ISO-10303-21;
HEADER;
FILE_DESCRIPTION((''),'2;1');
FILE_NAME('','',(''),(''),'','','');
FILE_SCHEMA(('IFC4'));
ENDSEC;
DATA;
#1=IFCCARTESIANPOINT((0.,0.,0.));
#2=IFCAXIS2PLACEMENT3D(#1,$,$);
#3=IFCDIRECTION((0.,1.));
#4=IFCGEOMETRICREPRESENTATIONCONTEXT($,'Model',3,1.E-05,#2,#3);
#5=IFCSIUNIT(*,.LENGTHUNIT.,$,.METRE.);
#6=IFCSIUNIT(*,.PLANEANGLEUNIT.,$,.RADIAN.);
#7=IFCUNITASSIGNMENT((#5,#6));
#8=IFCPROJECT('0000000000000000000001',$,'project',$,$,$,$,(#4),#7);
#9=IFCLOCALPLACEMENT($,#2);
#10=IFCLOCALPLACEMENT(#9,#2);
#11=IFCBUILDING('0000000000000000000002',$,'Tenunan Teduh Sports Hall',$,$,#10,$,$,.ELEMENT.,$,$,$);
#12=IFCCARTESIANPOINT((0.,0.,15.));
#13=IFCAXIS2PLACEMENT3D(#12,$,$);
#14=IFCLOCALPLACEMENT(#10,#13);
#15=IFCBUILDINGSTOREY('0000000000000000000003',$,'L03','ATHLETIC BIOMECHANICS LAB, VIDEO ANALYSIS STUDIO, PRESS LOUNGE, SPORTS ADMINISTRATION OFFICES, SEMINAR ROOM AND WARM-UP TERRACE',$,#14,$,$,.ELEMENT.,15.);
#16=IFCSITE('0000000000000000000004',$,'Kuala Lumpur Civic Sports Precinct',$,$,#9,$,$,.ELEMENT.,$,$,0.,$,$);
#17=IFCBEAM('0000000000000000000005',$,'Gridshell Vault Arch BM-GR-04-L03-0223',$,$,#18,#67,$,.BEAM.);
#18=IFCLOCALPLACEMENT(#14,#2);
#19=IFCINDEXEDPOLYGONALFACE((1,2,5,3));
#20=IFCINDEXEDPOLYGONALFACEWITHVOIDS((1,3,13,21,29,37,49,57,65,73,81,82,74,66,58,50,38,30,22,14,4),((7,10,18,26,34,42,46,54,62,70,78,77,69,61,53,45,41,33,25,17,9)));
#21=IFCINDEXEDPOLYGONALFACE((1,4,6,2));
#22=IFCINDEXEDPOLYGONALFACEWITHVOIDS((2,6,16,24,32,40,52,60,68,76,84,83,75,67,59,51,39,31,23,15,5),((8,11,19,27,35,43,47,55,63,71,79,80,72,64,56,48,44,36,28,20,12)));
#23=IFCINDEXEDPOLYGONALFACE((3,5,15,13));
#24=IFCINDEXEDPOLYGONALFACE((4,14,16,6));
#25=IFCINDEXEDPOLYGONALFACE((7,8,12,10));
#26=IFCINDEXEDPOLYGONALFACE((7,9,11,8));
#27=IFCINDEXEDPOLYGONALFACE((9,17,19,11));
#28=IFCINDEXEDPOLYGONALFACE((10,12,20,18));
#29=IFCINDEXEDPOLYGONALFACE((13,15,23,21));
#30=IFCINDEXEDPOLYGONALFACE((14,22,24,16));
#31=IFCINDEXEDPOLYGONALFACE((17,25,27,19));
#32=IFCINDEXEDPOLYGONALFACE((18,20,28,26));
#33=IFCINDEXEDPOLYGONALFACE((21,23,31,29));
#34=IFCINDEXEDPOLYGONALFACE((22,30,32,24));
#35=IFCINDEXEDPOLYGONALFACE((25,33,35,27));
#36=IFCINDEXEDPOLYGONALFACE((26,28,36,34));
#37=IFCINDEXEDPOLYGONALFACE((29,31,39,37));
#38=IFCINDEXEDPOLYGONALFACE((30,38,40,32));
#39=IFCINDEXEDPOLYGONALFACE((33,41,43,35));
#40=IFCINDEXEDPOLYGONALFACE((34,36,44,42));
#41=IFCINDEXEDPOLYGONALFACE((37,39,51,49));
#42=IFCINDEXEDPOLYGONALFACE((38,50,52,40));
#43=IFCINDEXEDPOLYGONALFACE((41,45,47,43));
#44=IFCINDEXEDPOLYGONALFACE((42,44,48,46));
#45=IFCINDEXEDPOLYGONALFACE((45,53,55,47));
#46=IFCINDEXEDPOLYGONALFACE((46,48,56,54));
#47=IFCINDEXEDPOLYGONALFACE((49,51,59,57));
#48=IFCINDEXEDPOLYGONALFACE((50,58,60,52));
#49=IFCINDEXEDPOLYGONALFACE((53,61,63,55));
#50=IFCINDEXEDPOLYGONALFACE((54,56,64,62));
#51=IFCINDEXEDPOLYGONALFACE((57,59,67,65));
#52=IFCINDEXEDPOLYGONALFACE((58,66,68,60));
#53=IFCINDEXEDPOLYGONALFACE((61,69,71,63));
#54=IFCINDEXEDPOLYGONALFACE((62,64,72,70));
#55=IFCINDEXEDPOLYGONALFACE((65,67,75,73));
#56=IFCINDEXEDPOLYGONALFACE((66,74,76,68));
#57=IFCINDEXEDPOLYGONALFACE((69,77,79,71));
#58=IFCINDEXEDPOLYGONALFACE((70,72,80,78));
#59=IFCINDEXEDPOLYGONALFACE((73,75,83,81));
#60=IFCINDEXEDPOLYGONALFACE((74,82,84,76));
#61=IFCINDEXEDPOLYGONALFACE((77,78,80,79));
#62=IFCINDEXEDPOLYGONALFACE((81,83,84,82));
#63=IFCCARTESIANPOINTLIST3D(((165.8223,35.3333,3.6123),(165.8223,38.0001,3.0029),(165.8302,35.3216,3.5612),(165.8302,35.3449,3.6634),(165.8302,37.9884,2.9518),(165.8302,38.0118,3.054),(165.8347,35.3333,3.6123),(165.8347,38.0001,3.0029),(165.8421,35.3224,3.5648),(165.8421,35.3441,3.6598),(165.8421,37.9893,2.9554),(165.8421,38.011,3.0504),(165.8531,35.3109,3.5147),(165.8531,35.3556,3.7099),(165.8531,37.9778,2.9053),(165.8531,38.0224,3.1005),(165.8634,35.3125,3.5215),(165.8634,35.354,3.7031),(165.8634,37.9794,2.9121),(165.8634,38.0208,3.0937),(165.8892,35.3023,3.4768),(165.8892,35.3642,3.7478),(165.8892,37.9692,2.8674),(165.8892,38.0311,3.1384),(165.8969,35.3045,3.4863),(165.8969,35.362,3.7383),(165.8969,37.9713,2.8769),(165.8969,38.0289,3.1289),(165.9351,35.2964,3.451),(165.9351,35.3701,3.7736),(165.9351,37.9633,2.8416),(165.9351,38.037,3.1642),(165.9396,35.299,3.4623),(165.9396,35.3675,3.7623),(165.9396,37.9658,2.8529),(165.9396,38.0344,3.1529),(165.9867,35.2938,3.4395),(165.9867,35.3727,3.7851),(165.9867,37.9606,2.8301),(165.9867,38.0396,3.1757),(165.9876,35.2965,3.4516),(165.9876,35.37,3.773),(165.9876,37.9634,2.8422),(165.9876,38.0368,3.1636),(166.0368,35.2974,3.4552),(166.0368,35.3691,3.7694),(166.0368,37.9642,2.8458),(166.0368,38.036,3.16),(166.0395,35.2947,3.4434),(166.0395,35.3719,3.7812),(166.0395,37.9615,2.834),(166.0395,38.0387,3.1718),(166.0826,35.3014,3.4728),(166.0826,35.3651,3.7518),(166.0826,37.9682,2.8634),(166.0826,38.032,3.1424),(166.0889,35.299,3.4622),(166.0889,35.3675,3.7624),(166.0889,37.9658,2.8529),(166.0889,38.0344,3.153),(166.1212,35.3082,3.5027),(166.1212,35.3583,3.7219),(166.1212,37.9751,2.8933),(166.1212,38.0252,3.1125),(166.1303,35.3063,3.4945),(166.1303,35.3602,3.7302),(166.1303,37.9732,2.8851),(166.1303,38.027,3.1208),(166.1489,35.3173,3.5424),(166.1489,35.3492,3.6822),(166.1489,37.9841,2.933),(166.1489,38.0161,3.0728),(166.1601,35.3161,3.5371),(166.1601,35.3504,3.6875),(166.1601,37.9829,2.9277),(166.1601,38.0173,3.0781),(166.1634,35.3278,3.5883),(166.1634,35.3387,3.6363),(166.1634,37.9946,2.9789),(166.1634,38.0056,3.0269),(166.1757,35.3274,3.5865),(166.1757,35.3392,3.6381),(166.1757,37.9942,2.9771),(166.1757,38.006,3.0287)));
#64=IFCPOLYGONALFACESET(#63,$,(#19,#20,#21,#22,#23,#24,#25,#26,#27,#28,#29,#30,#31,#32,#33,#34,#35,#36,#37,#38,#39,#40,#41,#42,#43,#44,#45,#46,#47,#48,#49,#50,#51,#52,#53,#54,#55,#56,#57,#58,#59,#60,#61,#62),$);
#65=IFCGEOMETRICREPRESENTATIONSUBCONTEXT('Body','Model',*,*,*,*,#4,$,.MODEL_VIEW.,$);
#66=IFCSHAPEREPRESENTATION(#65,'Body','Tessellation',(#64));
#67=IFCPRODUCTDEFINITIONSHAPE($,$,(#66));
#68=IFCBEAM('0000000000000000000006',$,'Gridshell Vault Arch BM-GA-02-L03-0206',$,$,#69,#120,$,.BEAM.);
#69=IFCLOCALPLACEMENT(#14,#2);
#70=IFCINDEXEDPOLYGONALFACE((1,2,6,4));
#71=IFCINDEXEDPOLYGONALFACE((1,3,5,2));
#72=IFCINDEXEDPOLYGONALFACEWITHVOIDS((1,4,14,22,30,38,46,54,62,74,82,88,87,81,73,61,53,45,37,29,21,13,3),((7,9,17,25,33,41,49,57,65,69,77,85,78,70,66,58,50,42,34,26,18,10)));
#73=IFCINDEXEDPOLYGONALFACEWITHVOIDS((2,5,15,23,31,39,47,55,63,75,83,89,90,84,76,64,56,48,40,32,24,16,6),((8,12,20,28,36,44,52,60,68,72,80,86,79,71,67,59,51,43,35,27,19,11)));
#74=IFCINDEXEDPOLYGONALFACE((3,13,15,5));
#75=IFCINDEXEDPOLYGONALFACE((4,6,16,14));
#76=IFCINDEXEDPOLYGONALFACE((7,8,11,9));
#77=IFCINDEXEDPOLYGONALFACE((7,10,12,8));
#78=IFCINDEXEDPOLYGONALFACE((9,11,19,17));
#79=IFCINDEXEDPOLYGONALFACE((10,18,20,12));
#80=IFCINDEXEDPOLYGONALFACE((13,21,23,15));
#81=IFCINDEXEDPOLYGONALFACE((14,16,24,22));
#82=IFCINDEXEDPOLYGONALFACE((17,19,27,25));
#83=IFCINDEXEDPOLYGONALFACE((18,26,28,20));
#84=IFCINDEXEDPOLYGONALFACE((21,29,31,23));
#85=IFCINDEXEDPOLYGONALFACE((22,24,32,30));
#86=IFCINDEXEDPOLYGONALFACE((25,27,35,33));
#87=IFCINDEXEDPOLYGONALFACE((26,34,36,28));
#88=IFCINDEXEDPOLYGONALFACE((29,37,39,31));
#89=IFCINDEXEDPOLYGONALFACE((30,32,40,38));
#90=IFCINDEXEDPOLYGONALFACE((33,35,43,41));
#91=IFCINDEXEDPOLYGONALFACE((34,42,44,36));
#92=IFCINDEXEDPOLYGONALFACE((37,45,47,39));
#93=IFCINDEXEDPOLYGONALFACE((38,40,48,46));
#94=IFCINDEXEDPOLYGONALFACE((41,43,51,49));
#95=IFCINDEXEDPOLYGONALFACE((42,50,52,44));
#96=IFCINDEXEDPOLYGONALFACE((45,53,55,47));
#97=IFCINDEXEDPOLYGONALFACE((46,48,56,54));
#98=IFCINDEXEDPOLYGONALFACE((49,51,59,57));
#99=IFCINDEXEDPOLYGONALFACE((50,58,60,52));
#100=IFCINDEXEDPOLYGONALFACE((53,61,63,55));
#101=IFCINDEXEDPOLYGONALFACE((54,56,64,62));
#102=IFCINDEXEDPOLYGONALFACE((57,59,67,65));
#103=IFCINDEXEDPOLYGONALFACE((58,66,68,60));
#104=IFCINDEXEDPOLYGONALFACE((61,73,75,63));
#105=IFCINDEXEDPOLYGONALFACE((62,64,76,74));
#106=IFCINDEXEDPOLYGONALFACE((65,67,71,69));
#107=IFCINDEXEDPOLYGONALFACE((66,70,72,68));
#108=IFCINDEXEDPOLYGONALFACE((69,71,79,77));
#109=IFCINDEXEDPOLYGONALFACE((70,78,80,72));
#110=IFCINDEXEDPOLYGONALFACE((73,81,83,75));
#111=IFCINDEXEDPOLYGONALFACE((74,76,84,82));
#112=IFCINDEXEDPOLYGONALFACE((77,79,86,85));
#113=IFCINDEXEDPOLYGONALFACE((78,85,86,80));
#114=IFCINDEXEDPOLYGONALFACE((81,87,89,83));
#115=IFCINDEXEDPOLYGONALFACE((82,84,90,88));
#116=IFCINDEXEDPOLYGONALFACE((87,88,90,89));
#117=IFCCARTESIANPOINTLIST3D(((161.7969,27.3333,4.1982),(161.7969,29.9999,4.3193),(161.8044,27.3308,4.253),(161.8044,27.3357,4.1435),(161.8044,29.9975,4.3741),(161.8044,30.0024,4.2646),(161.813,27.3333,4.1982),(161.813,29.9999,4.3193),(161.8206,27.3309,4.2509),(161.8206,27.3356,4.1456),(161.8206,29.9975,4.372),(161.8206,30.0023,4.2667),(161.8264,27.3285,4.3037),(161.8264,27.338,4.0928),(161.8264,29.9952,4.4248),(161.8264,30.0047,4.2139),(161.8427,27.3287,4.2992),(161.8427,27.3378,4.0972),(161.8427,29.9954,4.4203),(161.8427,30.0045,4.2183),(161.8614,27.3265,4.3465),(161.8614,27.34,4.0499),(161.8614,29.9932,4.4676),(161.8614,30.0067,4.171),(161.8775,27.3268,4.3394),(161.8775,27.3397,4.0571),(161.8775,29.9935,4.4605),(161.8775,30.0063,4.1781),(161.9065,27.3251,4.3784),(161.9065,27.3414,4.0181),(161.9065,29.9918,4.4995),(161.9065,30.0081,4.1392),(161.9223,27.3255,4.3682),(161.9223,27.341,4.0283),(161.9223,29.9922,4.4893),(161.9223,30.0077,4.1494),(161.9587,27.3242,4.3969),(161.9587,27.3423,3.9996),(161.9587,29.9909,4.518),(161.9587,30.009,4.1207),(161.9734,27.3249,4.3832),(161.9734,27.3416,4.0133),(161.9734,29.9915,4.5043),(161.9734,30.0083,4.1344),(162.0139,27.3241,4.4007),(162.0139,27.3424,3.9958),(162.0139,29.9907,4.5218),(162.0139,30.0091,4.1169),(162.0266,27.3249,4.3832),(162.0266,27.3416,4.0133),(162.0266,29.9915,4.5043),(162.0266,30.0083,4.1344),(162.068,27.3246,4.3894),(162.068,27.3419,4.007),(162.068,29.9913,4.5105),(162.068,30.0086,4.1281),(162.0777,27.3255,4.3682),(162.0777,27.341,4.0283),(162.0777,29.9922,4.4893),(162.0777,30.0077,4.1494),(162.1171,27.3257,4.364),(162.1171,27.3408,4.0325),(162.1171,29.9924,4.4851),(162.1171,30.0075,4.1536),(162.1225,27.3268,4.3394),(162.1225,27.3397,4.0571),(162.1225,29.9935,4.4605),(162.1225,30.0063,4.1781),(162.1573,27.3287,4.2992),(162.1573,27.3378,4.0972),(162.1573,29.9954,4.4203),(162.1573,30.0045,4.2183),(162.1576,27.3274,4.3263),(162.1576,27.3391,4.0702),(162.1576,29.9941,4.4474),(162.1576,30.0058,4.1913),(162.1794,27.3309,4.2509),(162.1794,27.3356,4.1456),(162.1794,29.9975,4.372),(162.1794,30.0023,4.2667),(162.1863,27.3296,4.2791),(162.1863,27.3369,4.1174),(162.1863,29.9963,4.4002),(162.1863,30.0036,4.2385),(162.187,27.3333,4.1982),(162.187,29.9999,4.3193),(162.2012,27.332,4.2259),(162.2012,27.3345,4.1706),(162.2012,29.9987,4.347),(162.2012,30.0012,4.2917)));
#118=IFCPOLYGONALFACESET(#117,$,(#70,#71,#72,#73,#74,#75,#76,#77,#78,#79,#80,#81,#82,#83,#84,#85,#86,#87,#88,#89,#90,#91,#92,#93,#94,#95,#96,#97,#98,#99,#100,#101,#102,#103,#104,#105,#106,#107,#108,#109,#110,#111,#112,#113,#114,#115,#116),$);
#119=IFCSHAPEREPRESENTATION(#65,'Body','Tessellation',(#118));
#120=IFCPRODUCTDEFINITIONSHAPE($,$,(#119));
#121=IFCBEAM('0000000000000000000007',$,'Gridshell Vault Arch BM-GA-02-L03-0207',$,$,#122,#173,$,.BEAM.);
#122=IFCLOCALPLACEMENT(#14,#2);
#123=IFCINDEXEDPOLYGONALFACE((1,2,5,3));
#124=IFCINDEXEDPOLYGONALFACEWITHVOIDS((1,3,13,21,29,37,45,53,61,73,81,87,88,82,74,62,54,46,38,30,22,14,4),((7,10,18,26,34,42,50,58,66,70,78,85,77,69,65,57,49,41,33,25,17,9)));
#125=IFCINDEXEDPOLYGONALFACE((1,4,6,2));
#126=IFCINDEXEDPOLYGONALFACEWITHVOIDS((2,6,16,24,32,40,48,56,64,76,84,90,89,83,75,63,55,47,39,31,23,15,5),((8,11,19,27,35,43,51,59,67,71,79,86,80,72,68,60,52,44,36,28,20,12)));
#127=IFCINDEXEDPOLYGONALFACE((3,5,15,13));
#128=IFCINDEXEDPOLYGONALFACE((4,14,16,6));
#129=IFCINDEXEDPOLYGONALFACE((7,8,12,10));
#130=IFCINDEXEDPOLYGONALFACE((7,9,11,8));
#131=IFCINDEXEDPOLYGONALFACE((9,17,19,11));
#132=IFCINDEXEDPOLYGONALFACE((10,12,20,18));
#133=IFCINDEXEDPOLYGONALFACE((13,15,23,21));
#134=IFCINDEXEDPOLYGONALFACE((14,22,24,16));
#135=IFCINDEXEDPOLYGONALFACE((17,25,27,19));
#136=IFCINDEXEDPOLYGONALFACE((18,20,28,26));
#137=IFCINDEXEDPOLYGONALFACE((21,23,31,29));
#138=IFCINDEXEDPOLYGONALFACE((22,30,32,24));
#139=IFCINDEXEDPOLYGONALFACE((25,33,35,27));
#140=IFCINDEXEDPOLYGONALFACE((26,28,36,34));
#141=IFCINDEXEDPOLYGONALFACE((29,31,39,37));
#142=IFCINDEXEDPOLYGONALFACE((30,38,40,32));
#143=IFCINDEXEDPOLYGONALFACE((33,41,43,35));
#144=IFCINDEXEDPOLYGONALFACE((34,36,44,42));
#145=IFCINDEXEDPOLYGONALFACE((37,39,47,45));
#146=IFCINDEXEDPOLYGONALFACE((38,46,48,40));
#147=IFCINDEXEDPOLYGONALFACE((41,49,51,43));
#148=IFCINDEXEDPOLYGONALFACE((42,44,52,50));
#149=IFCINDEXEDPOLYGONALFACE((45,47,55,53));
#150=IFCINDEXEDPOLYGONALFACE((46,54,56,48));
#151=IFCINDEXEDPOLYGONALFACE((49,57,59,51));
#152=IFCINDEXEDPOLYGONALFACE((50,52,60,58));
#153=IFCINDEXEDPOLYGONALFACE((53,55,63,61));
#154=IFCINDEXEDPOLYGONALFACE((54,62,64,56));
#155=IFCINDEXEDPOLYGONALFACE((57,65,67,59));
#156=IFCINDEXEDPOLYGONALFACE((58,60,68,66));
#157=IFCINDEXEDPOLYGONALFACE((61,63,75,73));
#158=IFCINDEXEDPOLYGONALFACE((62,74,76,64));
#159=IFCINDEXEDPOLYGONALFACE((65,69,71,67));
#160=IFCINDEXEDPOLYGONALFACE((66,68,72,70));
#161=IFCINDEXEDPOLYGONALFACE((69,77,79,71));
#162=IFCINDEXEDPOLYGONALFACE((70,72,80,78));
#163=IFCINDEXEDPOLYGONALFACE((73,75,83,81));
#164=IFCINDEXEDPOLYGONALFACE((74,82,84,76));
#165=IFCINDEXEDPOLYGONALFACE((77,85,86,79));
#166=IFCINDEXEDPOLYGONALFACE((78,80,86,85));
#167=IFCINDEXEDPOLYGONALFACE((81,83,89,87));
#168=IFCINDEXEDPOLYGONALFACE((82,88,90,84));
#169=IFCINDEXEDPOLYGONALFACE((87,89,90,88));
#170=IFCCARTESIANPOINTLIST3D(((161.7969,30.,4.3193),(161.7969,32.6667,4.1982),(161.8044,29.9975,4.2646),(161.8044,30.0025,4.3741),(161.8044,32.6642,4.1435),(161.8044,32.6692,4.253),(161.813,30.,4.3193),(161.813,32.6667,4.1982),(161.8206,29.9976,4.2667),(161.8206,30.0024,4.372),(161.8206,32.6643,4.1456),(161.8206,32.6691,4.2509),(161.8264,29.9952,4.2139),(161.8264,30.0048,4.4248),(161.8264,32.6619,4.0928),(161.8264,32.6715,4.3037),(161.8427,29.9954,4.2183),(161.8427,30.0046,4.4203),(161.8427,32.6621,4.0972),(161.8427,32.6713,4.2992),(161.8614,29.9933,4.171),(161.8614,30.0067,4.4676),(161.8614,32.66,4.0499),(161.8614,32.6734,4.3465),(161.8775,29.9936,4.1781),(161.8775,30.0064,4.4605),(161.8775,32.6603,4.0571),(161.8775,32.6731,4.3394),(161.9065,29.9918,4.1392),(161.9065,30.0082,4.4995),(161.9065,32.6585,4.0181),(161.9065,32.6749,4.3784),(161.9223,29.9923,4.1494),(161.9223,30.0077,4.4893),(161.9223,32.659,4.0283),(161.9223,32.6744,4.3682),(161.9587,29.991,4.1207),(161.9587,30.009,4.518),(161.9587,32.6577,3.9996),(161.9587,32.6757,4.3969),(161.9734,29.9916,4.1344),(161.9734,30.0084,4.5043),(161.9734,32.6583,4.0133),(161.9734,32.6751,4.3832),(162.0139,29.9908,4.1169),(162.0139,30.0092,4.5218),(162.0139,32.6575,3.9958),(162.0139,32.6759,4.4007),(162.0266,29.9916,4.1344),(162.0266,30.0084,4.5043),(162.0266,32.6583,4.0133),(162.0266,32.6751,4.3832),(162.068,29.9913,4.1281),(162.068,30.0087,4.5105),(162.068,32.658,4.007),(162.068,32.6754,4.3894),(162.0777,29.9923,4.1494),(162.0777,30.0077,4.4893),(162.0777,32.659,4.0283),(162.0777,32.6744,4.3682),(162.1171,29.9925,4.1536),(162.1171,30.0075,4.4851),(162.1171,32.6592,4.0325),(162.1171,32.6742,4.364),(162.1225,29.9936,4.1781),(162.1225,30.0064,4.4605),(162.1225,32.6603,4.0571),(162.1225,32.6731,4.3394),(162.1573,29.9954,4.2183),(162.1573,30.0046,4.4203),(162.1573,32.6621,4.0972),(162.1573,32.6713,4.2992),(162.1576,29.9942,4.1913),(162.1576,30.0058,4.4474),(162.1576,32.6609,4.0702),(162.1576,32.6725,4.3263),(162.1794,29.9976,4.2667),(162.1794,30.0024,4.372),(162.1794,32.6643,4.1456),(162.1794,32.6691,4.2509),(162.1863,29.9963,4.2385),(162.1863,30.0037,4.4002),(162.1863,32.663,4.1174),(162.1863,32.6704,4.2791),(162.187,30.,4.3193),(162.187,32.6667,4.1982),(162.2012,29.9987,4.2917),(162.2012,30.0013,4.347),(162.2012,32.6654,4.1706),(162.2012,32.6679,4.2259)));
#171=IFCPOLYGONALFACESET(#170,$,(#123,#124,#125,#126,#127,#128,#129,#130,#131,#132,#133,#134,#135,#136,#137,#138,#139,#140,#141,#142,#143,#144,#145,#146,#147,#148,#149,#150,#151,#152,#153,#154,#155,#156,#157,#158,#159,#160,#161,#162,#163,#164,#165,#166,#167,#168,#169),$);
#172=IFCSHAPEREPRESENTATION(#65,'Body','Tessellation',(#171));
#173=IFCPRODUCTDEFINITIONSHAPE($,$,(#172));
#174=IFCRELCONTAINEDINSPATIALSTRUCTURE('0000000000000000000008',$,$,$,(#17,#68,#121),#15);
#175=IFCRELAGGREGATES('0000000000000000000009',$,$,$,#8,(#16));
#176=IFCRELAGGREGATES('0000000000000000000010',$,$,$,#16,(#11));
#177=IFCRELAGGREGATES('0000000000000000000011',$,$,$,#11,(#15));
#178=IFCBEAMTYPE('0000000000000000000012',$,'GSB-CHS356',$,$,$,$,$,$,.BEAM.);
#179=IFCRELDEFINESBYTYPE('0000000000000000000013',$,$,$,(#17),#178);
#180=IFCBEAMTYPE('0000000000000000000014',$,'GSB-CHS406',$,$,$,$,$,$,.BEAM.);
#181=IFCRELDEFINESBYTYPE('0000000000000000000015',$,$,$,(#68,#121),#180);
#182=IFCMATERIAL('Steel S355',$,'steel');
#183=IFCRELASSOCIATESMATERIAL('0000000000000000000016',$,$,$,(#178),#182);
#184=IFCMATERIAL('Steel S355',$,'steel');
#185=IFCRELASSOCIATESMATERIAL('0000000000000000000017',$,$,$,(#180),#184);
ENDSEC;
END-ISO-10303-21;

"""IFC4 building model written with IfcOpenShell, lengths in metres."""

from ifc_helpers import new_model, si_unit, direction, frame, origin, origin_2d, place, context, subcontext, project, spatial, hollow_circle, extrude, material, material_profile, profile_set, type_object, element, save


model = new_model("IFC4")

# Units and contexts
model_context = context("Model", 3, precision=1e-05, world=origin(), true_north=direction((0.0, 1.0)))
body_context = subcontext(model_context, "Body", "Model", "MODEL_VIEW")
ifc_project = project(units=[si_unit("LENGTHUNIT", "METRE"), si_unit("PLANEANGLEUNIT", "RADIAN")], contexts=[model_context])

# Site, building, storey
site_placement = place(None, origin())
site = spatial("IfcSite", under=ifc_project, at=site_placement, Name="Kuala Lumpur Civic Sports Precinct", CompositionType="ELEMENT", RefElevation=0.0)
building_placement = place(site_placement, origin())
building = spatial("IfcBuilding", under=site, at=building_placement, Name="Tenunan Teduh Sports Hall", CompositionType="ELEMENT")
storey_placement = place(building_placement, frame((0.0, 0.0, 15.0)))
storey = spatial("IfcBuildingStorey", under=building, at=storey_placement, Name="L03", Description="ATHLETIC BIOMECHANICS LAB, VIDEO ANALYSIS STUDIO, PRESS LOUNGE, SPORTS ADMINISTRATION OFFICES, SEMINAR ROOM AND WARM-UP TERRACE", CompositionType="ELEMENT", Elevation=15.0)

# Beams
ifc_material_1 = material(Name="Steel S355", Category="steel")
ifc_material_profile_1 = material_profile(ifc_material_1, hollow_circle(Radius=0.1777, WallThickness=0.0125, at=origin_2d()), Name="CHS 355.6x12.5")
ifc_profile_set_1 = profile_set([ifc_material_profile_1], Name="Steel S355")
beam_type_1 = type_object("IfcBeamType", Name="GSB-CHS356", PredefinedType="BEAM", material=ifc_profile_set_1)
beam_1_placement = place(storey_placement, frame((166.0, 35.3333, 3.6123), z_axis=(0.0, 0.974872, -0.222767), x_axis=(-1.0, 0.0, 0.0)))
element("IfcBeam", 1, at=beam_1_placement, inside=storey, type_object=beam_type_1, Name="Gridshell Vault Arch BM-GR-04-L03-0223", PredefinedType="BEAM", context=body_context, shape_type="SweptSolid", body=[
    extrude(hollow_circle(Radius=0.1777, WallThickness=0.0125, at=origin_2d()), origin(), (0.0, 0.0, 1.0), 2.7356),
])
ifc_material_2 = material(Name="Steel S355", Category="steel")
ifc_material_profile_2 = material_profile(ifc_material_2, hollow_circle(Radius=0.2031, WallThickness=0.0161, at=origin_2d()), Name="CHS 406.4x16.0")
ifc_profile_set_2 = profile_set([ifc_material_profile_2], Name="Steel S355")
beam_type_2 = type_object("IfcBeamType", Name="GSB-CHS406", PredefinedType="BEAM", material=ifc_profile_set_2)
for number, where, z_axis, x_axis, name in (
    (2, (162.0, 27.3333, 4.1982), (0.0, 0.998971, 0.045362), (-1.0, 0.0, 0.0), "Gridshell Vault Arch BM-GA-02-L03-0206"),
    (3, (162.0, 30.0, 4.3193), (0.0, 0.998971, -0.045362), (-1.0, 0.0, 0.0), "Gridshell Vault Arch BM-GA-02-L03-0207"),
):
    element("IfcBeam", number, at=place(storey_placement, frame(where, z_axis=z_axis, x_axis=x_axis)), inside=storey, type_object=beam_type_2, Name=name, PredefinedType="BEAM", context=body_context, shape_type="SweptSolid", body=[
        extrude(hollow_circle(Radius=0.2031, WallThickness=0.0161, at=origin_2d()), origin(), (0.0, 0.0, 1.0), 2.6694),
    ])

save(model, "model.ifc")
